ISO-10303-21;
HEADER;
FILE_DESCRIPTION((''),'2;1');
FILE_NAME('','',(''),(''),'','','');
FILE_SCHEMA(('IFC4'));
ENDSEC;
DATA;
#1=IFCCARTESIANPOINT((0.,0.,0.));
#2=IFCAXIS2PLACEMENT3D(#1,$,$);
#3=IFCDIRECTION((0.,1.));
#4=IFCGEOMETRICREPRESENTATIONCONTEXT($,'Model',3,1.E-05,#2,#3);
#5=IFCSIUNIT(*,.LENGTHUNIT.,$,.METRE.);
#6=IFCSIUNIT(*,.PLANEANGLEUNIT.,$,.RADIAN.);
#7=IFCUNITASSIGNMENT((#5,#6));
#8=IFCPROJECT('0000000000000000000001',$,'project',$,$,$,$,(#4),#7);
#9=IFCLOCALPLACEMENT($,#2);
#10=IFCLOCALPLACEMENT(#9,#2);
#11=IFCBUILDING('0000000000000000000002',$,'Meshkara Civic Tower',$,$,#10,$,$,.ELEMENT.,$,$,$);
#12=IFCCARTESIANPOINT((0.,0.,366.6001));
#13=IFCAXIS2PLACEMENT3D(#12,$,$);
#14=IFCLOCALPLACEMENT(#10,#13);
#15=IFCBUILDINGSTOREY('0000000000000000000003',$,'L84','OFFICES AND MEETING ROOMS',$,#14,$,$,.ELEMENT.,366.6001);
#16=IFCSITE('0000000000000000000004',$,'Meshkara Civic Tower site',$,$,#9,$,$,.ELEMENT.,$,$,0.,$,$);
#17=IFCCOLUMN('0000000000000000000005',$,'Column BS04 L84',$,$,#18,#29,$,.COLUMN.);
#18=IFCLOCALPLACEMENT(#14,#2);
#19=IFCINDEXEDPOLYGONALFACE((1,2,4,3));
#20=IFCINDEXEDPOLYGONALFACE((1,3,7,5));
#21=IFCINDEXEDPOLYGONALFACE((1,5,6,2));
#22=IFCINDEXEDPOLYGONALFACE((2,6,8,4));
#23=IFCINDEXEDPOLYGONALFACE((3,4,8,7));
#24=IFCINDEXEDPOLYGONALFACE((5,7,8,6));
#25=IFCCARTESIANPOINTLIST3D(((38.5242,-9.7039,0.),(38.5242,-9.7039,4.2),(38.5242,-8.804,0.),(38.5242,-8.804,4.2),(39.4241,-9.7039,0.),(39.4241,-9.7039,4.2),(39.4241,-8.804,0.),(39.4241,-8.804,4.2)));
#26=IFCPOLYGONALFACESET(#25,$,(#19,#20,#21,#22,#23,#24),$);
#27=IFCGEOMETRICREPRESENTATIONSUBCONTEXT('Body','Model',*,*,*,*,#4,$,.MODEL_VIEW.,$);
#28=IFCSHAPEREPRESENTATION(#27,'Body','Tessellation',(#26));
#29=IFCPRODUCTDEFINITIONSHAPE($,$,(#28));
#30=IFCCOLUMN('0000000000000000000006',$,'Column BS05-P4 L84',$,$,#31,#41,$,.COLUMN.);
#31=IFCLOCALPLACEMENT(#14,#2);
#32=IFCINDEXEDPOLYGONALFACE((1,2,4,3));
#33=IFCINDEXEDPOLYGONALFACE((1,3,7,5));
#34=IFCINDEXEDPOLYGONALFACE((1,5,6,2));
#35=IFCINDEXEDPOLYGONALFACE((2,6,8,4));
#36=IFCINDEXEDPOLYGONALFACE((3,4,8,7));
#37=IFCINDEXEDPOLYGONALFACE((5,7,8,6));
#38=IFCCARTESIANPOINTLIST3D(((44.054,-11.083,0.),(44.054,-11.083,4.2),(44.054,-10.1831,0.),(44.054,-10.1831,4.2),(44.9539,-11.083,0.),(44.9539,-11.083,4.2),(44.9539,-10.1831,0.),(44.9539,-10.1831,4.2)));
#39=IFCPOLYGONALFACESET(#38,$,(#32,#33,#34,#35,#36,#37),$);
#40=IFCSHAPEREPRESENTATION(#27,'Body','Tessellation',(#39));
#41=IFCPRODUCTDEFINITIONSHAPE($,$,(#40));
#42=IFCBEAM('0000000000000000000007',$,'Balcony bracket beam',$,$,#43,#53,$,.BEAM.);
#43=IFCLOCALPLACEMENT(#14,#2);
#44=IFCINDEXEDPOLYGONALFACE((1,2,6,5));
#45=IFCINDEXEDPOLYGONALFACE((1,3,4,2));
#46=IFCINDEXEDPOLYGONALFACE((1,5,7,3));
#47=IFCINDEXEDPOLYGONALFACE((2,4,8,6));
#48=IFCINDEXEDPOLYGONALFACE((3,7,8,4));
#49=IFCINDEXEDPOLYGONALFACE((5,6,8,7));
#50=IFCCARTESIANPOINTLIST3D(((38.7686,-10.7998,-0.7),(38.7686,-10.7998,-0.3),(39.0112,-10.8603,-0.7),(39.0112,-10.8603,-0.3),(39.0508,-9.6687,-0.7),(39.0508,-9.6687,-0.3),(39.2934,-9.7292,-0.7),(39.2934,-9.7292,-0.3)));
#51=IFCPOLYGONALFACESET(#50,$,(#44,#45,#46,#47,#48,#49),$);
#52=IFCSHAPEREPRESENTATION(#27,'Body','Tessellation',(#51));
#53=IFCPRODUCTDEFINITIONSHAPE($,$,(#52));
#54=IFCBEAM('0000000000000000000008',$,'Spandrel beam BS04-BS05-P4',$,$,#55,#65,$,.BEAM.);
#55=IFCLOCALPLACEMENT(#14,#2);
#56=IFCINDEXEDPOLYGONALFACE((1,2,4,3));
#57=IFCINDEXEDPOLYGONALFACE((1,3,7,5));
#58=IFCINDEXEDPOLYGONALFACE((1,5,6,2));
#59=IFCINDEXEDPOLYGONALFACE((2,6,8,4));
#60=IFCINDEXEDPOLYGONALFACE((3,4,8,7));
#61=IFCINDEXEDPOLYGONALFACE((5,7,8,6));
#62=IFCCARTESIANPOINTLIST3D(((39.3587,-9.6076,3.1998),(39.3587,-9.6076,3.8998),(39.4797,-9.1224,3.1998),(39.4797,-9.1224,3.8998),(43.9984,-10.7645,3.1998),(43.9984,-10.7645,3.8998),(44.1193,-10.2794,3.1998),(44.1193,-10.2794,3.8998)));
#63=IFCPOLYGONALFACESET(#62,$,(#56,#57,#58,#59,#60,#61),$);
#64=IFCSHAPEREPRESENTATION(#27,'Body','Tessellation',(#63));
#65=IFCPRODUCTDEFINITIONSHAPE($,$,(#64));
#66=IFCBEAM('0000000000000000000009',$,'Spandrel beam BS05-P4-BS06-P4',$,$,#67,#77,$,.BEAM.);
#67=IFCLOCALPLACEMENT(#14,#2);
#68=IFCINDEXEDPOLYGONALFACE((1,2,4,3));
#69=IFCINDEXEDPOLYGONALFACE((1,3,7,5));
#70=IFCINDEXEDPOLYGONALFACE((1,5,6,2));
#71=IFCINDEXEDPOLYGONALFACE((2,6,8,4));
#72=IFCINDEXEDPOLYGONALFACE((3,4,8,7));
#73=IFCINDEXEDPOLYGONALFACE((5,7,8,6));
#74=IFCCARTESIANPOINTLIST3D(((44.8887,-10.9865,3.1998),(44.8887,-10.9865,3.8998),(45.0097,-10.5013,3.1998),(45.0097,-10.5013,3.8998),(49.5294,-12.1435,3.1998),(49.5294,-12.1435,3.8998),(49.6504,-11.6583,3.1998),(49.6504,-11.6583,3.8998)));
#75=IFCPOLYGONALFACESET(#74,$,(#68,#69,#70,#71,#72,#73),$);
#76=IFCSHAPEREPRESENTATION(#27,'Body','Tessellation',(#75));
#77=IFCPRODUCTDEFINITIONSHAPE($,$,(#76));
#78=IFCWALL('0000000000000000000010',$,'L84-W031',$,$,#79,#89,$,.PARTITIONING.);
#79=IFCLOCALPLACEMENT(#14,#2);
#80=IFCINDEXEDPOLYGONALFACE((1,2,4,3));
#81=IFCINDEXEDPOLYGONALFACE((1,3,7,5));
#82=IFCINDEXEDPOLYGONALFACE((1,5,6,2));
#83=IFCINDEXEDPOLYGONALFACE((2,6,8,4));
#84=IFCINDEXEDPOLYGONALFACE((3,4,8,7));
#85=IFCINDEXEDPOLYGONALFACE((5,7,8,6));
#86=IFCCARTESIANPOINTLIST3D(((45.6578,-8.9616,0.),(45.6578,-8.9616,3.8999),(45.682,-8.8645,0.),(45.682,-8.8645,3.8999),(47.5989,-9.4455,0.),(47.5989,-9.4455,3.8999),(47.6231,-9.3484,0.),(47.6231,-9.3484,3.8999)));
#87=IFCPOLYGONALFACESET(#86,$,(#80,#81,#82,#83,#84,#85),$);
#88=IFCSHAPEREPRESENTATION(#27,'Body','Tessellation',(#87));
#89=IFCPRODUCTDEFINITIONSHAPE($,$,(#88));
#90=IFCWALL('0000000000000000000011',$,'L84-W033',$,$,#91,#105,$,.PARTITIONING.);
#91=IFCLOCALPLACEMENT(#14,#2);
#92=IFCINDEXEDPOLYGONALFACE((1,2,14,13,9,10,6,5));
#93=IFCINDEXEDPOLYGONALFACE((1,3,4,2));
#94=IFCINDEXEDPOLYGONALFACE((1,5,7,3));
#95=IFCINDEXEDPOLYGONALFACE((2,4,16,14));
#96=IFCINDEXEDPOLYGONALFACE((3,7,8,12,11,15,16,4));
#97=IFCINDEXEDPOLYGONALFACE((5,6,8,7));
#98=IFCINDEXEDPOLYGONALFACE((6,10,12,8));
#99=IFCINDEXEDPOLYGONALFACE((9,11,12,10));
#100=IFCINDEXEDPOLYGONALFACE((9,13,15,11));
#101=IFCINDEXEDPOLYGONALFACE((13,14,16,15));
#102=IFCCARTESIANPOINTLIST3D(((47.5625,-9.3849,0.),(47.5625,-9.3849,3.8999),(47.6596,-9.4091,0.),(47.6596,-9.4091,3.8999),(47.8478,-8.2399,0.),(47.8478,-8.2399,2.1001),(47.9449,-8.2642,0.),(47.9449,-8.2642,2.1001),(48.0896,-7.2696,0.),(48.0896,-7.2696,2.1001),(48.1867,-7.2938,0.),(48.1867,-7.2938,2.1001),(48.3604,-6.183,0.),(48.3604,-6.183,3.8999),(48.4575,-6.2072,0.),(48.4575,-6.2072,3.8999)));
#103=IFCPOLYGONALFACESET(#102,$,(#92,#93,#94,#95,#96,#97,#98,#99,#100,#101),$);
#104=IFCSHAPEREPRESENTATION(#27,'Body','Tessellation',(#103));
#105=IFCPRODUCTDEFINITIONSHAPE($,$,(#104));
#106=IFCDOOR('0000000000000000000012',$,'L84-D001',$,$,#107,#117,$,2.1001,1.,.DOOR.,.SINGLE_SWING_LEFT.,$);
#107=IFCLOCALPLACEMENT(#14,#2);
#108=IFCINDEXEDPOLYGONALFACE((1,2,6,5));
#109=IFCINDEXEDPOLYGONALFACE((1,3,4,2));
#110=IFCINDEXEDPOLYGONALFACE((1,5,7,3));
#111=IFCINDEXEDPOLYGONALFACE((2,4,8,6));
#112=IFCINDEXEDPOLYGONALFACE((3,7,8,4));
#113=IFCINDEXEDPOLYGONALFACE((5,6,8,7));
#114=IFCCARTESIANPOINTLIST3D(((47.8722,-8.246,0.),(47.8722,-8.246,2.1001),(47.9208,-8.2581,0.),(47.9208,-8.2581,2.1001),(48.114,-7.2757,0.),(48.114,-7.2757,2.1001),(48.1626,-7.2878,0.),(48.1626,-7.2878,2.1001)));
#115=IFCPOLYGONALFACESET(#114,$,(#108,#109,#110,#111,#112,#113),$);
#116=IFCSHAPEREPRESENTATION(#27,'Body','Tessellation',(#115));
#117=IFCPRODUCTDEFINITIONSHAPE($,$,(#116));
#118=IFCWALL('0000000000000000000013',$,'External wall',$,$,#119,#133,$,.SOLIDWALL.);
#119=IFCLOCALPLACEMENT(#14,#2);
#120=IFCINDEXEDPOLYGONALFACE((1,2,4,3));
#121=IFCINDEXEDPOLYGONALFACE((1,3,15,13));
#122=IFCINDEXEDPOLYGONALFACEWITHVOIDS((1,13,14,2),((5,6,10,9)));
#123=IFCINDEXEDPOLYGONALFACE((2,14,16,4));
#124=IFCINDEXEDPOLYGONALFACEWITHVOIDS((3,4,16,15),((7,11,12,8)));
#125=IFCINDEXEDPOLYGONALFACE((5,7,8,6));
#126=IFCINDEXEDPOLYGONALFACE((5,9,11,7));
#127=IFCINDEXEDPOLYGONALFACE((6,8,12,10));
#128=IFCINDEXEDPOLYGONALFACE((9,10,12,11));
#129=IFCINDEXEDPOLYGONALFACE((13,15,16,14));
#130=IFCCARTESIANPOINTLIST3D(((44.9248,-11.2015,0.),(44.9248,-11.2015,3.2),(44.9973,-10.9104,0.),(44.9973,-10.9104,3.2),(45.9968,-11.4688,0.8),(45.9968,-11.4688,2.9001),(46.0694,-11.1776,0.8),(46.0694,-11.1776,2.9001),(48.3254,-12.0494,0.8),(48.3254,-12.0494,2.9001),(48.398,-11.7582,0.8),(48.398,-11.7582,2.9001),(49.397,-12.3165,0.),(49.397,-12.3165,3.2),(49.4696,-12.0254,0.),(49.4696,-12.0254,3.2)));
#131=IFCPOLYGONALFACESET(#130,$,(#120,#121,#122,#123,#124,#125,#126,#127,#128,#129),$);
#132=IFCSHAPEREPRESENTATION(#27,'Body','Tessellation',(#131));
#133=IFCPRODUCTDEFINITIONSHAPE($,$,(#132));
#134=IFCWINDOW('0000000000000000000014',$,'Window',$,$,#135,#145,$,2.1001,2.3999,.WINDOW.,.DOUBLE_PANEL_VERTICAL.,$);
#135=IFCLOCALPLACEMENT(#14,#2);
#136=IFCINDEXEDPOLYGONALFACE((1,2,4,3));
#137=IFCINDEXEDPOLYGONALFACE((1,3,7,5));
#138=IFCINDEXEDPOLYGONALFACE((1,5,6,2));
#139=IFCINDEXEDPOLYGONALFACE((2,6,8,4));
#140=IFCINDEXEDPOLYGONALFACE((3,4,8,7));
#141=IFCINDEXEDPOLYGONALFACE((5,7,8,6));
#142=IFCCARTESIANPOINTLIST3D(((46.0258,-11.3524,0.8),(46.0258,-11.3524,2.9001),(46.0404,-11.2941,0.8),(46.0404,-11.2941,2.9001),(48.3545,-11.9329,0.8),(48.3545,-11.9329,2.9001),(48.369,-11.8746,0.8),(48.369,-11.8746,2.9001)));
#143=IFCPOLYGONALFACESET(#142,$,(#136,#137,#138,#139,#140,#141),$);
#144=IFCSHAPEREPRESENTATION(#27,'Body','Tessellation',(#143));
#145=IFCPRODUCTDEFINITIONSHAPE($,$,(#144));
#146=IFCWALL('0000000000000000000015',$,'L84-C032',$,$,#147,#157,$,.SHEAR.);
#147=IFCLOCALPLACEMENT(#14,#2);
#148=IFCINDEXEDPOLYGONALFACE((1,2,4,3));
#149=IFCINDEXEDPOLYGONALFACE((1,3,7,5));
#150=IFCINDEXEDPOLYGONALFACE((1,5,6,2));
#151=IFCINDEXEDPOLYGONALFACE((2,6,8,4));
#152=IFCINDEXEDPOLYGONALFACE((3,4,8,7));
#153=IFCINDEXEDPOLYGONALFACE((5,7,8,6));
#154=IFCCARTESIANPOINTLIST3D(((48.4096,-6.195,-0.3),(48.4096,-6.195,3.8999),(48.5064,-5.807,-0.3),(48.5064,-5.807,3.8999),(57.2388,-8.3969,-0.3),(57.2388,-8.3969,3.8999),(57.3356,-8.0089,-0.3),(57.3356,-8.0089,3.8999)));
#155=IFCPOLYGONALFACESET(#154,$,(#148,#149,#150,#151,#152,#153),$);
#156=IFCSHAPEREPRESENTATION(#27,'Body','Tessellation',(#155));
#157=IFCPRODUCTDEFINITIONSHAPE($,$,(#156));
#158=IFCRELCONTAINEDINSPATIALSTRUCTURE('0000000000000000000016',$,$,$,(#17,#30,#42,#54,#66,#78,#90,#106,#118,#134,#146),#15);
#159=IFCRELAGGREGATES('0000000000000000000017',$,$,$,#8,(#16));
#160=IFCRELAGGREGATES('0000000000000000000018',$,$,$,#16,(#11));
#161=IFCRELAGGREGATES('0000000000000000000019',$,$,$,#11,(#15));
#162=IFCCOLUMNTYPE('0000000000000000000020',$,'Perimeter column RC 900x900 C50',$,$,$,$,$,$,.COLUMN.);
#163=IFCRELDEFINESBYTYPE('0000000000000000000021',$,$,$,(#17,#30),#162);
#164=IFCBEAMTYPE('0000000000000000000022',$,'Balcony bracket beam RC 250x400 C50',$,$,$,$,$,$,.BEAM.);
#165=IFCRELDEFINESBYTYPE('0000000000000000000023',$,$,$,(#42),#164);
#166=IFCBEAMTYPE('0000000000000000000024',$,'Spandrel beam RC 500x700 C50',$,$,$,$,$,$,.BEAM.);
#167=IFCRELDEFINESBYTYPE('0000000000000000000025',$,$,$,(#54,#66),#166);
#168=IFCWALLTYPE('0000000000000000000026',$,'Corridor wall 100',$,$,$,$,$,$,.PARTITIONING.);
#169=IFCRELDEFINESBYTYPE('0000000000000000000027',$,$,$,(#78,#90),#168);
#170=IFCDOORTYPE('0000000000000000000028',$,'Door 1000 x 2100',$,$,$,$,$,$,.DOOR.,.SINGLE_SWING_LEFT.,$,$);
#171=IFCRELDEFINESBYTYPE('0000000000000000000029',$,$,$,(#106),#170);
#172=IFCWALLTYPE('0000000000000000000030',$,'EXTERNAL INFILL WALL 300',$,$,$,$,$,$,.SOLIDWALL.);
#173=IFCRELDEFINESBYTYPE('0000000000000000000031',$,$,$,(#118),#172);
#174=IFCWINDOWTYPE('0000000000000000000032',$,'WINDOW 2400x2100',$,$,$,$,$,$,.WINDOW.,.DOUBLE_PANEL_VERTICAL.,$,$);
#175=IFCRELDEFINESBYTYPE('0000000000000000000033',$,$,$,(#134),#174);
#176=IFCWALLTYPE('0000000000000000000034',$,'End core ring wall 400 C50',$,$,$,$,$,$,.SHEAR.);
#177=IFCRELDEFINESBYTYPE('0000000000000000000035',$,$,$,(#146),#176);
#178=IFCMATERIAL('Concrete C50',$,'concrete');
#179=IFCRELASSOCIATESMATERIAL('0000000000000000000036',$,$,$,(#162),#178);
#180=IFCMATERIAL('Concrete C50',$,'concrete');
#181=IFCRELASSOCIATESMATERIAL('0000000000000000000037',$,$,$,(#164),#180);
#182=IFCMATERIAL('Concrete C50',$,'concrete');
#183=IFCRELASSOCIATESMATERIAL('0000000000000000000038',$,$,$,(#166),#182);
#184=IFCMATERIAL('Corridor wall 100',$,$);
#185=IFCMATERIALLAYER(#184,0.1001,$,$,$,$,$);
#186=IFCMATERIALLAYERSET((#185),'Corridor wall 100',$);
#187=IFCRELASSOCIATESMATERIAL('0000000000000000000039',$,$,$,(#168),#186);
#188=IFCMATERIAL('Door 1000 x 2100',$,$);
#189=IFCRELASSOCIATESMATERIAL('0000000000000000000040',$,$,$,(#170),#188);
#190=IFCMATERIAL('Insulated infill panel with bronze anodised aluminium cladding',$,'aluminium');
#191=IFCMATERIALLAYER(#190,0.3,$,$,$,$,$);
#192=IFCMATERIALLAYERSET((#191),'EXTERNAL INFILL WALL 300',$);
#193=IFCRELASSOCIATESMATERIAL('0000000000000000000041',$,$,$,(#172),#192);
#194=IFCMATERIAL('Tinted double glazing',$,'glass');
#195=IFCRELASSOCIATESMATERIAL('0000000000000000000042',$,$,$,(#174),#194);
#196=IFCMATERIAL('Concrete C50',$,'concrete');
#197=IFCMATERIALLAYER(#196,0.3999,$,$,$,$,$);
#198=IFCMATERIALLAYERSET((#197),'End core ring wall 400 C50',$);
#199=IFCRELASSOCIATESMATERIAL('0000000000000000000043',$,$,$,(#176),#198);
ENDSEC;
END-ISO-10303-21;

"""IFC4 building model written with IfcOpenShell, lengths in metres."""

from ifc_helpers import new_model, si_unit, direction, frame, frame_2d, origin, origin_2d, place, context, subcontext, project, spatial, rectangle, extrude, material, layer, layer_set, material_profile, profile_set, type_object, element, fill, save


model = new_model("IFC4")

# Units and contexts
model_context = context("Model", 3, precision=1e-05, world=origin(), true_north=direction((0.0, 1.0)))
body_context = subcontext(model_context, "Body", "Model", "MODEL_VIEW")
ifc_project = project(units=[si_unit("LENGTHUNIT", "METRE"), si_unit("PLANEANGLEUNIT", "RADIAN")], contexts=[model_context])

# Site, building, storey
site_placement = place(None, origin())
site = spatial("IfcSite", under=ifc_project, at=site_placement, Name="Meshkara Civic Tower site", CompositionType="ELEMENT", RefElevation=0.0)
building_placement = place(site_placement, origin())
building = spatial("IfcBuilding", under=site, at=building_placement, Name="Meshkara Civic Tower", CompositionType="ELEMENT")
storey_placement = place(building_placement, frame((0.0, 0.0, 366.6001)))
storey = spatial("IfcBuildingStorey", under=building, at=storey_placement, Name="L84", Description="OFFICES AND MEETING ROOMS", CompositionType="ELEMENT", Elevation=366.6001)

# Columns
ifc_material_1 = material(Name="Concrete C50", Category="concrete")
ifc_material_profile_1 = material_profile(ifc_material_1, rectangle(XDim=0.8999, YDim=0.8999, at=origin_2d()))
ifc_profile_set_1 = profile_set([ifc_material_profile_1], Name="Concrete C50")
column_type = type_object("IfcColumnType", Name="Perimeter column RC 900x900 C50", PredefinedType="COLUMN", material=ifc_profile_set_1)
for number, where, z_axis, x_axis, name in (
    (1, (38.9741, -9.2539, 0.0), (0.0, 0.0, 1.0), (1.0, 0.0, 0.0), "Column BS04 L84"),
    (2, (44.5039, -10.6331, 0.0), (0.0, 0.0, 1.0), (1.0, 0.0, 0.0), "Column BS05-P4 L84"),
):
    element("IfcColumn", number, at=place(storey_placement, frame(where, z_axis=z_axis, x_axis=x_axis)), inside=storey, type_object=column_type, Name=name, PredefinedType="COLUMN", context=body_context, shape_type="SweptSolid", body=[
        extrude(rectangle(XDim=0.8999, YDim=0.8999, at=origin_2d()), origin(), (0.0, 0.0, 1.0), 4.2),
    ])

# Beams
ifc_material_2 = material(Name="Concrete C50", Category="concrete")
ifc_material_profile_2 = material_profile(ifc_material_2, rectangle(XDim=0.25, YDim=0.3999, at=origin_2d()))
ifc_profile_set_2 = profile_set([ifc_material_profile_2], Name="Concrete C50")
beam_type_1 = type_object("IfcBeamType", Name="Balcony bracket beam RC 250x400 C50", PredefinedType="BEAM", material=ifc_profile_set_2)
beam_1_placement = place(storey_placement, frame((39.1721, -9.699, -0.5), z_axis=(-0.242092, -0.970253, 0.0), x_axis=(0.970253, -0.242092, 0.0)))
element("IfcBeam", 3, at=beam_1_placement, inside=storey, type_object=beam_type_1, Name="Balcony bracket beam", PredefinedType="BEAM", context=body_context, shape_type="SweptSolid", body=[
    extrude(rectangle(XDim=0.25, YDim=0.3999, at=origin_2d()), origin(), (0.0, 0.0, 1.0), 1.1658),
])
ifc_material_3 = material(Name="Concrete C50", Category="concrete")
ifc_material_profile_3 = material_profile(ifc_material_3, rectangle(XDim=0.5, YDim=0.7, at=origin_2d()))
ifc_profile_set_3 = profile_set([ifc_material_profile_3], Name="Concrete C50")
beam_type_2 = type_object("IfcBeamType", Name="Spandrel beam RC 500x700 C50", PredefinedType="BEAM", material=ifc_profile_set_3)
beam_2_placement = place(storey_placement, frame((39.4192, -9.365, 3.5498), z_axis=(0.970286, -0.241959, 0.0), x_axis=(0.241959, 0.970286, 0.0)))
element("IfcBeam", 4, at=beam_2_placement, inside=storey, type_object=beam_type_2, Name="Spandrel beam BS04-BS05-P4", PredefinedType="BEAM", context=body_context, shape_type="SweptSolid", body=[
    extrude(rectangle(XDim=0.5, YDim=0.7, at=origin_2d()), origin(), (0.0, 0.0, 1.0), 4.7817),
])
beam_3_placement = place(storey_placement, frame((44.9492, -10.7439, 3.5498), z_axis=(0.970298, -0.241911, 0.0), x_axis=(0.241911, 0.970298, 0.0)))
element("IfcBeam", 5, at=beam_3_placement, inside=storey, type_object=beam_type_2, Name="Spandrel beam BS05-P4-BS06-P4", PredefinedType="BEAM", context=body_context, shape_type="SweptSolid", body=[
    extrude(rectangle(XDim=0.5, YDim=0.7, at=origin_2d()), origin(), (0.0, 0.0, 1.0), 4.7827),
])

# Wall
ifc_material_4 = material(Name="Corridor wall 100")
ifc_layer_1 = layer(ifc_material_4, 0.1001)
ifc_layer_set_1 = layer_set([ifc_layer_1], Name="Corridor wall 100")
wall_type_1 = type_object("IfcWallType", Name="Corridor wall 100", PredefinedType="PARTITIONING", material=ifc_layer_set_1)
wall_1_placement = place(storey_placement, frame((45.6699, -8.9131, 0.0), z_axis=(0.0, 0.0, 1.0), x_axis=(0.970307, -0.241875, 0.0)))
element("IfcWall", 6, at=wall_1_placement, inside=storey, type_object=wall_type_1, Name="L84-W031", PredefinedType="PARTITIONING", context=body_context, shape_type="SweptSolid", body=[
    extrude(rectangle(XDim=2.0005, YDim=0.1001, at=frame_2d((1.0002, 0.0))), origin(), (0.0, 0.0, 1.0), 3.8999),
])

# Wall, opening, door
wall_2_placement = place(storey_placement, frame((47.6111, -9.397, 0.0), z_axis=(0.0, 0.0, 1.0), x_axis=(0.241787, 0.970329, 0.0)))
wall_2 = element("IfcWall", 7, at=wall_2_placement, inside=storey, type_object=wall_type_1, Name="L84-W033", PredefinedType="PARTITIONING", context=body_context, shape_type="SweptSolid", body=[
    extrude(rectangle(XDim=3.2998, YDim=0.1001, at=frame_2d((1.6499, 0.0))), origin(), (0.0, 0.0, 1.0), 3.8999),
])
opening_1_placement = place(wall_2_placement, frame((1.1799, 0.0, 0.0)))
opening_1 = element("IfcOpeningElement", 8, at=opening_1_placement, cuts=wall_2, PredefinedType="OPENING", context=body_context, shape_type="SweptSolid", body=[
    extrude(rectangle(XDim=1.0, YDim=2.1001, at=frame_2d((0.5, 1.05))), frame((0.0, 0.0601, 0.0), z_axis=(0.0, -1.0, 0.0), x_axis=(1.0, 0.0, 0.0)), (0.0, 0.0, 1.0), 0.1201),
])
ifc_material_5 = material(Name="Door 1000 x 2100")
door_type_1 = type_object("IfcDoorType", Name="Door 1000 x 2100", OperationType="SINGLE_SWING_LEFT", PredefinedType="DOOR", material=ifc_material_5)
door_1_placement = place(opening_1_placement, origin())
door_1 = element("IfcDoor", 9, at=door_1_placement, inside=storey, type_object=door_type_1, Name="L84-D001", OperationType="SINGLE_SWING_LEFT", OverallHeight=2.1001, OverallWidth=1.0, PredefinedType="DOOR", context=body_context, shape_type="SweptSolid", body=[
    extrude(rectangle(XDim=1.0, YDim=2.1001, at=frame_2d((0.5, 1.05))), frame((0.0, 0.0249, 0.0), z_axis=(0.0, -1.0, 0.0), x_axis=(1.0, 0.0, 0.0)), (0.0, 0.0, 1.0), 0.05),
])
fill(opening_1, door_1)

# Wall, opening, window
ifc_material_6 = material(Name="Insulated infill panel with bronze anodised aluminium cladding", Category="aluminium")
ifc_layer_2 = layer(ifc_material_6, 0.3)
ifc_layer_set_2 = layer_set([ifc_layer_2], Name="EXTERNAL INFILL WALL 300")
wall_type_2 = type_object("IfcWallType", Name="EXTERNAL INFILL WALL 300", PredefinedType="SOLIDWALL", material=ifc_layer_set_2)
wall_3_placement = place(storey_placement, frame((44.9609, -11.0559, 0.0), z_axis=(0.0, 0.0, 1.0), x_axis=(0.970298, -0.241912, 0.0)))
wall_3 = element("IfcWall", 10, at=wall_3_placement, inside=storey, type_object=wall_type_2, Name="External wall", PredefinedType="SOLIDWALL", context=body_context, shape_type="SweptSolid", body=[
    extrude(rectangle(XDim=4.6091, YDim=0.3, at=frame_2d((2.3047, 0.0))), origin(), (0.0, 0.0, 1.0), 3.2),
])
opening_2_placement = place(wall_3_placement, frame((1.105, 0.0, 0.8)))
opening_2 = element("IfcOpeningElement", 11, at=opening_2_placement, cuts=wall_3, PredefinedType="OPENING", context=body_context, shape_type="SweptSolid", body=[
    extrude(rectangle(XDim=2.3999, YDim=2.1001, at=frame_2d((1.2, 1.05))), frame((0.0, 0.1599, 0.0), z_axis=(0.0, -1.0, 0.0), x_axis=(1.0, 0.0, 0.0)), (0.0, 0.0, 1.0), 0.3201),
])
ifc_material_7 = material(Name="Tinted double glazing", Category="glass")
window_type = type_object("IfcWindowType", Name="WINDOW 2400x2100", PartitioningType="DOUBLE_PANEL_VERTICAL", PredefinedType="WINDOW", material=ifc_material_7)
window_placement = place(opening_2_placement, origin())
window = element("IfcWindow", 12, at=window_placement, inside=storey, type_object=window_type, Name="Window", OverallHeight=2.1001, OverallWidth=2.3999, PartitioningType="DOUBLE_PANEL_VERTICAL", PredefinedType="WINDOW", context=body_context, shape_type="SweptSolid", body=[
    extrude(rectangle(XDim=2.3999, YDim=2.1001, at=frame_2d((1.2, 1.05))), frame((0.0, 0.03, 0.0), z_axis=(0.0, -1.0, 0.0), x_axis=(1.0, 0.0, 0.0)), (0.0, 0.0, 1.0), 0.0601),
])
fill(opening_2, window)

# Wall
ifc_material_8 = material(Name="Concrete C50", Category="concrete")
ifc_layer_3 = layer(ifc_material_8, 0.3999)
ifc_layer_set_3 = layer_set([ifc_layer_3], Name="End core ring wall 400 C50")
wall_type_3 = type_object("IfcWallType", Name="End core ring wall 400 C50", PredefinedType="SHEAR", material=ifc_layer_set_3)
wall_4_placement = place(storey_placement, frame((48.458, -6.001, -0.3), z_axis=(0.0, 0.0, 1.0), x_axis=(0.970281, -0.24198, 0.0)))
element("IfcWall", 13, at=wall_4_placement, inside=storey, type_object=wall_type_3, Name="L84-C032", PredefinedType="SHEAR", context=body_context, shape_type="SweptSolid", body=[
    extrude(rectangle(XDim=9.0996, YDim=0.3999, at=frame_2d((4.5498, 0.0))), origin(), (0.0, 0.0, 1.0), 4.2),
])

save(model, "model.ifc")
